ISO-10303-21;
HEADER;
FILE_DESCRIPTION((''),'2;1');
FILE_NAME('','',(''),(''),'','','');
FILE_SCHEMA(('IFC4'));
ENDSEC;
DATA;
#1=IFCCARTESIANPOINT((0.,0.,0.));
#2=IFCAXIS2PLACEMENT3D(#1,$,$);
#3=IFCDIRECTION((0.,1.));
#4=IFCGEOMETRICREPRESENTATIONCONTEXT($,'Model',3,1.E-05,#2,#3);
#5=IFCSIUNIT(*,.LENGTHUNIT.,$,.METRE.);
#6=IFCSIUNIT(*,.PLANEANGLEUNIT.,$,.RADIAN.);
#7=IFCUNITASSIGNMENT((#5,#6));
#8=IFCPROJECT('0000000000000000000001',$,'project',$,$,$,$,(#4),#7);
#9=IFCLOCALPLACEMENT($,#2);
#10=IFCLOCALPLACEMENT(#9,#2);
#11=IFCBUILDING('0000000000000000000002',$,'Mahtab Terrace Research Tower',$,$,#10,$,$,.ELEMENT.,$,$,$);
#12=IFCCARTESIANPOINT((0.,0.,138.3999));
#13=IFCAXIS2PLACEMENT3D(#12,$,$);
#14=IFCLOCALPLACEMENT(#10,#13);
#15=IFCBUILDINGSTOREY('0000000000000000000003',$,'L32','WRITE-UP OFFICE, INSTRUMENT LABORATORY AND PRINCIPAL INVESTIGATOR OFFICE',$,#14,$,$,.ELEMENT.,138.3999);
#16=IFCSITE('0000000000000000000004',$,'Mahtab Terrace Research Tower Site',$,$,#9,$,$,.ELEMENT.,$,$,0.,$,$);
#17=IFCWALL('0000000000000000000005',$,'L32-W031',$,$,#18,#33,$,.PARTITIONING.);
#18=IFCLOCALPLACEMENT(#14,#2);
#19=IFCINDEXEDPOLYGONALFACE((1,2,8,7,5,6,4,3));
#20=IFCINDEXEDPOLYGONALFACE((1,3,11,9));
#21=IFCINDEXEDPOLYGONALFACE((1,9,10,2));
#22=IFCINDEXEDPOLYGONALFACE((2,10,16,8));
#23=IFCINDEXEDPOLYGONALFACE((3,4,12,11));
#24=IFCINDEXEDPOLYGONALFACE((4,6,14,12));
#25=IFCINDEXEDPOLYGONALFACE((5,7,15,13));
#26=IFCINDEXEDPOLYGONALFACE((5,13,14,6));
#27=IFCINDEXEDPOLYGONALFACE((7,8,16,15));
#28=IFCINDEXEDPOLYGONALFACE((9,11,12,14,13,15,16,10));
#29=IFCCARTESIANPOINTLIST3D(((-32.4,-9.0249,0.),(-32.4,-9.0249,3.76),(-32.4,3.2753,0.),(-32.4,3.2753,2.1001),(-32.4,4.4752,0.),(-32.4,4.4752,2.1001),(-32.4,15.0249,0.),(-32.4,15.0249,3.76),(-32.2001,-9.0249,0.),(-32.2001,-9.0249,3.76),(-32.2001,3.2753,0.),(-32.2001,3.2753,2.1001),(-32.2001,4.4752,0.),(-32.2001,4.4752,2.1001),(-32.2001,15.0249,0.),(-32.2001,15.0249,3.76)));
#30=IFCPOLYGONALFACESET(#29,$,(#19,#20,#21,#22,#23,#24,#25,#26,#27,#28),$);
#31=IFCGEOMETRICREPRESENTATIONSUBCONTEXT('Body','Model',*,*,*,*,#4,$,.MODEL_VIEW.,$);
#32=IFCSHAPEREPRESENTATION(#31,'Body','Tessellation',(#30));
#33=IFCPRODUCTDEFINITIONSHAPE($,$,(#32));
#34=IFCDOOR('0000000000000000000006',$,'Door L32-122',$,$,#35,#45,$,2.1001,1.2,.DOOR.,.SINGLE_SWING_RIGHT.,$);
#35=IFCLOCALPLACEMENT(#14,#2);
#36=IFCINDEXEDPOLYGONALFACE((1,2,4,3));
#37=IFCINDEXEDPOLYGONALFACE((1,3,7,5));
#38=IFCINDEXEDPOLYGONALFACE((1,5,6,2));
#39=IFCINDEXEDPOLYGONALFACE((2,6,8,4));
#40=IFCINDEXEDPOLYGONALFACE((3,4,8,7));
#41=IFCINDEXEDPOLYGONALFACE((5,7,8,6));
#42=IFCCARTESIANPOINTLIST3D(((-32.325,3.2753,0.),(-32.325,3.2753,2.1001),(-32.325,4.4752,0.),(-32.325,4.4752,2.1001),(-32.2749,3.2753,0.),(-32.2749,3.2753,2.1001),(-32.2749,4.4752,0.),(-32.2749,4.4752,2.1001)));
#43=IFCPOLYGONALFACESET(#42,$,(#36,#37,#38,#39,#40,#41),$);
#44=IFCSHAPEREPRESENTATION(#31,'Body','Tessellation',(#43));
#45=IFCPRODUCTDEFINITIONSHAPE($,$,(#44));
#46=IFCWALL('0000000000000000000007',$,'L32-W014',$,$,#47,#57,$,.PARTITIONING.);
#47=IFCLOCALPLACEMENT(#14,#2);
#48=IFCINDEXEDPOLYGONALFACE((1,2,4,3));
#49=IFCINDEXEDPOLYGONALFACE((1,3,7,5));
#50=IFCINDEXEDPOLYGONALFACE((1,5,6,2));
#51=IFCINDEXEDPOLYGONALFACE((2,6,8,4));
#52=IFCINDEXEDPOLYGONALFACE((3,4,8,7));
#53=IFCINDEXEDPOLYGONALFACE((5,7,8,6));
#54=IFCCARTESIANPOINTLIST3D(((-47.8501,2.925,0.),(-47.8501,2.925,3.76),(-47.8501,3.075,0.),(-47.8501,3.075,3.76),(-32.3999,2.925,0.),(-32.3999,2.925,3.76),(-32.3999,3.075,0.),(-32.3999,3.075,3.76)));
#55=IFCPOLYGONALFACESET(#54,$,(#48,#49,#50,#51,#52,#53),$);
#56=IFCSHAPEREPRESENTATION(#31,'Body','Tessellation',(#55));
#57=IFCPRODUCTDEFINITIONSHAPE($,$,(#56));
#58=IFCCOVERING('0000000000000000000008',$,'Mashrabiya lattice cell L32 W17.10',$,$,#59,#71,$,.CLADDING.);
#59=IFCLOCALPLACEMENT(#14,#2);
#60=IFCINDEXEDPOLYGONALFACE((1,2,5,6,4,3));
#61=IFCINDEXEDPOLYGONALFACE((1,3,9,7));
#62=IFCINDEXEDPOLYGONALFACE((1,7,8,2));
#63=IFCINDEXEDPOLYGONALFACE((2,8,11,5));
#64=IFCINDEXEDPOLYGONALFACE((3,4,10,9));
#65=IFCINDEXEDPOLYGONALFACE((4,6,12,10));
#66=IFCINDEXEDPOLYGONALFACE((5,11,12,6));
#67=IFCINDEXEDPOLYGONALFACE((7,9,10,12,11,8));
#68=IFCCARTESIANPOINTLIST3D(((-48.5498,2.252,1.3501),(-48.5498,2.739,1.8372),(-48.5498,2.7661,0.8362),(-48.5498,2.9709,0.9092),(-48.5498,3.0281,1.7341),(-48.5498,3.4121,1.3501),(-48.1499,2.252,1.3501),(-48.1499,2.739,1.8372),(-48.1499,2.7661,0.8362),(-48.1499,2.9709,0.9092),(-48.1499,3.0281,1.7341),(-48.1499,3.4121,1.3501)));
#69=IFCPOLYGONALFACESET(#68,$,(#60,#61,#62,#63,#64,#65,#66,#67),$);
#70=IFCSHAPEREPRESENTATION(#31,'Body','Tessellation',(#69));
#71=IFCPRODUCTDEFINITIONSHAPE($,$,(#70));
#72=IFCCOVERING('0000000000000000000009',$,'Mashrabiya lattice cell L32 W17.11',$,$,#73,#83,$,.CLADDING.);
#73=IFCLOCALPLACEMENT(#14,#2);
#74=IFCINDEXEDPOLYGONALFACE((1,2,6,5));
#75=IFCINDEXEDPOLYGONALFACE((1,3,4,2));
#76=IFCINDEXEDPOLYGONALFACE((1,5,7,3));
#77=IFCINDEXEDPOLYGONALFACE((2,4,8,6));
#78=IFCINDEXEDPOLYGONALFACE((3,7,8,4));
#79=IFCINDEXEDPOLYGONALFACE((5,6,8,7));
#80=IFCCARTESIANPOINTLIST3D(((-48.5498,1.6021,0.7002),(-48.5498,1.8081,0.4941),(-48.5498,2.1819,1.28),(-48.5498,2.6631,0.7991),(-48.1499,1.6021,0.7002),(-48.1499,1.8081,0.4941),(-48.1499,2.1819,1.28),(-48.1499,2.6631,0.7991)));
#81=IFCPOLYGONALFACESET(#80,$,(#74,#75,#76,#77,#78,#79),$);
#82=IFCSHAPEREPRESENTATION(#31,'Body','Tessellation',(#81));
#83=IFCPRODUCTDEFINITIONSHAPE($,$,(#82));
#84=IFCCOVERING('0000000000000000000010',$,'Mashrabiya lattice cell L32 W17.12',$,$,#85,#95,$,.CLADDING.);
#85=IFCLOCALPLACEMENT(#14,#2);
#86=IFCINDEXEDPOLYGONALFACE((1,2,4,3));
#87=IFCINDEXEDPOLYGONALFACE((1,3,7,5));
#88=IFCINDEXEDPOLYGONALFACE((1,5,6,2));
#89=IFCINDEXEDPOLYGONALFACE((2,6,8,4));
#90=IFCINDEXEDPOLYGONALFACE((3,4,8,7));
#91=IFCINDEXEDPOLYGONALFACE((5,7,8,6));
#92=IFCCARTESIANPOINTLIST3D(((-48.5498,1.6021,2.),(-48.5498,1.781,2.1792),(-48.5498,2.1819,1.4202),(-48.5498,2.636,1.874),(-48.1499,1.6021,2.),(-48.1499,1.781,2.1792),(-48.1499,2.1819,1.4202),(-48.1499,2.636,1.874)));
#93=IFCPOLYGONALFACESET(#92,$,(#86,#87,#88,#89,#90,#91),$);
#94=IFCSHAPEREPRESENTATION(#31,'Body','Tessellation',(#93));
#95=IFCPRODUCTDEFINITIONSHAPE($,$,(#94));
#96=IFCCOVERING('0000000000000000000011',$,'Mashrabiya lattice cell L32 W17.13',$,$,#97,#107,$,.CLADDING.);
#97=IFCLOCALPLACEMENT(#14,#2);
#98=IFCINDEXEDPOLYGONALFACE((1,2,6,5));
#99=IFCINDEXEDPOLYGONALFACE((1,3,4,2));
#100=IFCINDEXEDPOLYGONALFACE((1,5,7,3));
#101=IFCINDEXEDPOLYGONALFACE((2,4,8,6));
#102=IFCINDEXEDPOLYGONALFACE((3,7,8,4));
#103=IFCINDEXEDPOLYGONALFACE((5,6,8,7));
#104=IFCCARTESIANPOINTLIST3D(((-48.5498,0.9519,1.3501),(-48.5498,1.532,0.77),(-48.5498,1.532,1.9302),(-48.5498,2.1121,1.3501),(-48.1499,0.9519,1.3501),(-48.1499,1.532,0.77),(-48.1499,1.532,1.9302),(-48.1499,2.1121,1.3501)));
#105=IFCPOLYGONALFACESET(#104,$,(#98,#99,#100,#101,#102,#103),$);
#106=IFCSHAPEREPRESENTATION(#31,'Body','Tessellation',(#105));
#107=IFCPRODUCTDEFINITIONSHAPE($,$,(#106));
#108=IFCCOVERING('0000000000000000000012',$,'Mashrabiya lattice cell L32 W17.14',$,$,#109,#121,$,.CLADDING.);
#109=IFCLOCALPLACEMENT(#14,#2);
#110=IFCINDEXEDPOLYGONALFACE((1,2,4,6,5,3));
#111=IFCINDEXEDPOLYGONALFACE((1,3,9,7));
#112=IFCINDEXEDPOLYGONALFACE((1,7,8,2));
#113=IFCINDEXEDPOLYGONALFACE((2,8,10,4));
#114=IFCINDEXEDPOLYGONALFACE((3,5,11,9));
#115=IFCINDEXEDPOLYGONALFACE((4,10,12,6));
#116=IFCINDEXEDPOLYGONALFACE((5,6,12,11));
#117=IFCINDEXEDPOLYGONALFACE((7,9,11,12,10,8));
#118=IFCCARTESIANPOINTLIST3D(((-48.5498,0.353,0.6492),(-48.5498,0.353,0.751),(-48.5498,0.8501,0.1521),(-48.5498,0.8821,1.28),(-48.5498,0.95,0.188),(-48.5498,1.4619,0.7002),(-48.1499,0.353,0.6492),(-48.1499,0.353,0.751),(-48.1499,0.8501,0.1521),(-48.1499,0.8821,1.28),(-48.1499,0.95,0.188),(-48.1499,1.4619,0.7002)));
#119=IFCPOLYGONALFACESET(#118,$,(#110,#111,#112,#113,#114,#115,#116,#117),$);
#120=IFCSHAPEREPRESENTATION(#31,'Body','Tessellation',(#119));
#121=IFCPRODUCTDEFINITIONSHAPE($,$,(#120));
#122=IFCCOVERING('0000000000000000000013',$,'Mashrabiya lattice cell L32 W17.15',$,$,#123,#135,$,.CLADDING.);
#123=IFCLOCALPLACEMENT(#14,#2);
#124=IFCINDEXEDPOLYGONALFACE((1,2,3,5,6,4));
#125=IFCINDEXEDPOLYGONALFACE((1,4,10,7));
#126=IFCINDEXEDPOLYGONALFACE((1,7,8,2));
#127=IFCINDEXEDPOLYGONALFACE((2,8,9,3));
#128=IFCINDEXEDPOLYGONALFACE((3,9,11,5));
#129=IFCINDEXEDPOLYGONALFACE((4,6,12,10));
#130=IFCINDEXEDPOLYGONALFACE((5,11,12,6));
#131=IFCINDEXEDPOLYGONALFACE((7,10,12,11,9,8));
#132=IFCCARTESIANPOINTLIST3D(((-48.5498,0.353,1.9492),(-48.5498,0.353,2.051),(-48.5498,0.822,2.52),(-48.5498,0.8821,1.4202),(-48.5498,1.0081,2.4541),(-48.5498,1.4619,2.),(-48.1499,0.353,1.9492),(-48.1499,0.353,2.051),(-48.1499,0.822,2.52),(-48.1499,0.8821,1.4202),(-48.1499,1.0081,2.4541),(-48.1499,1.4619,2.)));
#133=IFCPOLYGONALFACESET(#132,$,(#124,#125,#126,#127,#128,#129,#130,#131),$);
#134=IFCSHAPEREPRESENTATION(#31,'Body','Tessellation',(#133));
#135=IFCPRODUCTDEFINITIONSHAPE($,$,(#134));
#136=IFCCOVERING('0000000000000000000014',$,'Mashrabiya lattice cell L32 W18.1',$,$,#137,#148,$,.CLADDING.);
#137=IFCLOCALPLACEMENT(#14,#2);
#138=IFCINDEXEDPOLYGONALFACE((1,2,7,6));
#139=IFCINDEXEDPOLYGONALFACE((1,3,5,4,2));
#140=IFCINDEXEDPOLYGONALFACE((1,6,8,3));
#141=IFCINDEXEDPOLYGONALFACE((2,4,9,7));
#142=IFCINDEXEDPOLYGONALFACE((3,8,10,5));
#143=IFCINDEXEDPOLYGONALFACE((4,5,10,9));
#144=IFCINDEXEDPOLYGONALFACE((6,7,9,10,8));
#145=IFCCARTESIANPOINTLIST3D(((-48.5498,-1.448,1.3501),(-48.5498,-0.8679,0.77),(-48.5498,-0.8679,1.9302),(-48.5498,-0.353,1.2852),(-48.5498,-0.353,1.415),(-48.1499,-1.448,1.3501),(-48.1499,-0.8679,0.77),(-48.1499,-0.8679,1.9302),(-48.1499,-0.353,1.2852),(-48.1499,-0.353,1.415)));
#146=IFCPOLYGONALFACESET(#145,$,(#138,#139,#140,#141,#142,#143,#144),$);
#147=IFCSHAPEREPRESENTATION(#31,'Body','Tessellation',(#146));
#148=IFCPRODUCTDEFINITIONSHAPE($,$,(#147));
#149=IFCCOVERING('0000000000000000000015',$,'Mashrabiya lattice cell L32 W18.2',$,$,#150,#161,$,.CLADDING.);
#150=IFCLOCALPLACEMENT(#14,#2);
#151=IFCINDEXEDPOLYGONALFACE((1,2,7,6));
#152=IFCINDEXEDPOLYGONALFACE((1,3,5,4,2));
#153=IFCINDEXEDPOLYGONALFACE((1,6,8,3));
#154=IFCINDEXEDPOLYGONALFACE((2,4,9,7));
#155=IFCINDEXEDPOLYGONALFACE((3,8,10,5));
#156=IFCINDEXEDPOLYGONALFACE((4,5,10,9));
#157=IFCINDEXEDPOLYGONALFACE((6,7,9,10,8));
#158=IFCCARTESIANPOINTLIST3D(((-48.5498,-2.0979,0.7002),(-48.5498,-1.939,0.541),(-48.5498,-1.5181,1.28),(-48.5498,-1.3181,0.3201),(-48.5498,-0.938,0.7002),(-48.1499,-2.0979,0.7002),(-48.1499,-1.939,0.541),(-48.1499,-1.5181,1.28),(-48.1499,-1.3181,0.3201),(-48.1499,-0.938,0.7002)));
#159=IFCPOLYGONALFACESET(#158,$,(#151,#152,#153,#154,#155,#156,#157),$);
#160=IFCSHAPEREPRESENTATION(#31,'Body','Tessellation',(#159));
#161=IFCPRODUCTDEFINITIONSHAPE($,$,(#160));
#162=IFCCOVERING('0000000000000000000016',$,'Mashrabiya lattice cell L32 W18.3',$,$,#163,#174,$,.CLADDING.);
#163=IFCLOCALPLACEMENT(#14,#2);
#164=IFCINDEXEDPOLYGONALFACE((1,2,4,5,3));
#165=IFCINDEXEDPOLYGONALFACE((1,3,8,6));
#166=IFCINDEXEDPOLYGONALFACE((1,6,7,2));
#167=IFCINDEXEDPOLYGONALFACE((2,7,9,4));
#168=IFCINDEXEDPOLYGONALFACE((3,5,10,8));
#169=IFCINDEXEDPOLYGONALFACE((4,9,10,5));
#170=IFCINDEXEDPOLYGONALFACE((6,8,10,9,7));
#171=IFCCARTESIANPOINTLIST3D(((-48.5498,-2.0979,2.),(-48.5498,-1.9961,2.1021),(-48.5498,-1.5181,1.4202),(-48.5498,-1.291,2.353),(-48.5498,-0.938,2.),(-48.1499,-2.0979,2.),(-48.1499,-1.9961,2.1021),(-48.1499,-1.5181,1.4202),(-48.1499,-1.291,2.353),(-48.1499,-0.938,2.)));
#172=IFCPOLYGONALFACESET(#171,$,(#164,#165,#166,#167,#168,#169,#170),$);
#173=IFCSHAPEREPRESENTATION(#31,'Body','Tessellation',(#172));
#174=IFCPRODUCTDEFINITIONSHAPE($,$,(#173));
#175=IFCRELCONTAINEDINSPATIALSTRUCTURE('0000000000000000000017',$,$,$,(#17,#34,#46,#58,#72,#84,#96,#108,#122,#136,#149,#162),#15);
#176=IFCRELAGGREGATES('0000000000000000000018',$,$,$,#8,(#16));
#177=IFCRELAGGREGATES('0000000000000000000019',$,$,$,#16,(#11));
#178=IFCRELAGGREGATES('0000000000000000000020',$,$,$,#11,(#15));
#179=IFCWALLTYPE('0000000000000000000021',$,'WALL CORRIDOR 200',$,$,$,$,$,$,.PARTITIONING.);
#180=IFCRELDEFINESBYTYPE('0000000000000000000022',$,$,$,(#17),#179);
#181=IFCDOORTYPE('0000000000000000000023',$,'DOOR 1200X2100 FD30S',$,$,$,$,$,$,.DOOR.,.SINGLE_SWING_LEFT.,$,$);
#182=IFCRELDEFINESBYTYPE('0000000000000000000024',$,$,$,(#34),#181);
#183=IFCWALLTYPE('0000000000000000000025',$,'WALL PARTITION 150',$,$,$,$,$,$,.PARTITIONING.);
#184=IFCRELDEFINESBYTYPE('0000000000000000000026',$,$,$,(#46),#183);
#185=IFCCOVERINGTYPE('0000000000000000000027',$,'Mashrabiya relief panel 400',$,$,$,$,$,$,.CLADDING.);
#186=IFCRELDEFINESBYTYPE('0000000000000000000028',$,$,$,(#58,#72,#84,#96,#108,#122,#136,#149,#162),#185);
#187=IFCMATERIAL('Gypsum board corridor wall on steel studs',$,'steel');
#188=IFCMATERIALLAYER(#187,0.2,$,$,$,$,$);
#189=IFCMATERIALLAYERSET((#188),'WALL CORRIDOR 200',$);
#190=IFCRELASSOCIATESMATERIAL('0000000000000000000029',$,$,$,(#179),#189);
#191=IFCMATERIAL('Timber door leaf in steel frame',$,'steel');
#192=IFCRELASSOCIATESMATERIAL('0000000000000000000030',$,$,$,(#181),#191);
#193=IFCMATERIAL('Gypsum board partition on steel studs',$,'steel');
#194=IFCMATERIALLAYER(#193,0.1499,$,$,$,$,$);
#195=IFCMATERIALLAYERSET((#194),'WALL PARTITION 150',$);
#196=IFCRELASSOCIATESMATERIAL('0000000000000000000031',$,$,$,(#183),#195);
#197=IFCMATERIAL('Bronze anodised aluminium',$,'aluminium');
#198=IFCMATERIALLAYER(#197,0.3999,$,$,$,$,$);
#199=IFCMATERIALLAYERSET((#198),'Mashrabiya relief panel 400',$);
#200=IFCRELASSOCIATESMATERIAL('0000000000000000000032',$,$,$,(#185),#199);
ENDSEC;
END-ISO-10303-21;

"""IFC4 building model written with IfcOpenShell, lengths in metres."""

from ifc_helpers import new_model, si_unit, direction, frame, frame_2d, origin, place, context, subcontext, project, spatial, polyline, rectangle, outline, extrude, material, layer, layer_set, type_object, element, fill, save


model = new_model("IFC4")

# Units and contexts
model_context = context("Model", 3, precision=1e-05, world=origin(), true_north=direction((0.0, 1.0)))
body_context = subcontext(model_context, "Body", "Model", "MODEL_VIEW")
ifc_project = project(units=[si_unit("LENGTHUNIT", "METRE"), si_unit("PLANEANGLEUNIT", "RADIAN")], contexts=[model_context])

# Site, building, storey
site_placement = place(None, origin())
site = spatial("IfcSite", under=ifc_project, at=site_placement, Name="Mahtab Terrace Research Tower Site", CompositionType="ELEMENT", RefElevation=0.0)
building_placement = place(site_placement, origin())
building = spatial("IfcBuilding", under=site, at=building_placement, Name="Mahtab Terrace Research Tower", CompositionType="ELEMENT")
storey_placement = place(building_placement, frame((0.0, 0.0, 138.3999)))
storey = spatial("IfcBuildingStorey", under=building, at=storey_placement, Name="L32", Description="WRITE-UP OFFICE, INSTRUMENT LABORATORY AND PRINCIPAL INVESTIGATOR OFFICE", CompositionType="ELEMENT", Elevation=138.3999)

# Wall, opening, door
ifc_material_1 = material(Name="Gypsum board corridor wall on steel studs", Category="steel")
ifc_layer_1 = layer(ifc_material_1, 0.2)
ifc_layer_set_1 = layer_set([ifc_layer_1], Name="WALL CORRIDOR 200")
wall_type_1 = type_object("IfcWallType", Name="WALL CORRIDOR 200", PredefinedType="PARTITIONING", material=ifc_layer_set_1)
ifc_material_2 = material(Name="Timber door leaf in steel frame", Category="steel")
door_type = type_object("IfcDoorType", Name="DOOR 1200X2100 FD30S", OperationType="SINGLE_SWING_LEFT", PredefinedType="DOOR", material=ifc_material_2)
wall_1_placement = place(storey_placement, frame((-32.3, -9.0249, 0.0), z_axis=(0.0, 0.0, 1.0), x_axis=(0.0, 1.0, 0.0)))
wall_1 = element("IfcWall", 1, at=wall_1_placement, inside=storey, type_object=wall_type_1, Name="L32-W031", PredefinedType="PARTITIONING", context=body_context, shape_type="SweptSolid", body=[
    extrude(rectangle(XDim=24.0498, YDim=0.2, at=frame_2d((12.0249, 0.0))), origin(), (0.0, 0.0, 1.0), 3.76),
])
opening_1_placement = place(wall_1_placement, frame((12.3, 0.0, 0.0)))
opening_1 = element("IfcOpeningElement", 2, at=opening_1_placement, cuts=wall_1, PredefinedType="OPENING", context=body_context, shape_type="SweptSolid", body=[
    extrude(rectangle(XDim=1.2, YDim=2.1001, at=frame_2d((0.6001, 1.05))), frame((0.0, 0.1099, 0.0), z_axis=(0.0, -1.0, 0.0), x_axis=(1.0, 0.0, 0.0)), (0.0, 0.0, 1.0), 0.22),
])
door_1_placement = place(opening_1_placement, origin())
door_1 = element("IfcDoor", 3, at=door_1_placement, inside=storey, type_object=door_type, Name="Door L32-122", OperationType="SINGLE_SWING_RIGHT", OverallHeight=2.1001, OverallWidth=1.2, PredefinedType="DOOR", context=body_context, shape_type="SweptSolid", body=[
    extrude(rectangle(XDim=1.2, YDim=2.1001, at=frame_2d((0.6001, 1.05))), frame((0.0, 0.0249, 0.0), z_axis=(0.0, -1.0, 0.0), x_axis=(1.0, 0.0, 0.0)), (0.0, 0.0, 1.0), 0.05),
])
fill(opening_1, door_1)

# Wall
ifc_material_3 = material(Name="Gypsum board partition on steel studs", Category="steel")
ifc_layer_2 = layer(ifc_material_3, 0.1499)
ifc_layer_set_2 = layer_set([ifc_layer_2], Name="WALL PARTITION 150")
wall_type_2 = type_object("IfcWallType", Name="WALL PARTITION 150", PredefinedType="PARTITIONING", material=ifc_layer_set_2)
wall_2_placement = place(storey_placement, frame((-47.8501, 3.0, 0.0), z_axis=(0.0, 0.0, 1.0), x_axis=(1.0, 0.0, 0.0)))
element("IfcWall", 4, at=wall_2_placement, inside=storey, type_object=wall_type_2, Name="L32-W014", PredefinedType="PARTITIONING", context=body_context, shape_type="SweptSolid", body=[
    extrude(rectangle(XDim=15.4502, YDim=0.1499, at=frame_2d((7.7251, 0.0))), origin(), (0.0, 0.0, 1.0), 3.76),
])

# Coverings
ifc_material_4 = material(Name="Bronze anodised aluminium", Category="aluminium")
ifc_layer_3 = layer(ifc_material_4, 0.3999)
ifc_layer_set_3 = layer_set([ifc_layer_3], Name="Mashrabiya relief panel 400")
covering_type = type_object("IfcCoveringType", Name="Mashrabiya relief panel 400", PredefinedType="CLADDING", material=ifc_layer_set_3)
covering_1_placement = place(storey_placement, frame((-48.1499, 3.4121, 1.3501), z_axis=(1.0, 0.0, 0.0), x_axis=(0.0, -0.707107, 0.707107)))
element("IfcCovering", 5, at=covering_1_placement, inside=storey, type_object=covering_type, Name="Mashrabiya lattice cell L32 W17.10", PredefinedType="CLADDING", context=body_context, shape_type="SweptSolid", body=[
    extrude(outline(polyline([(0.0, 0.0), (0.5431, 0.0), (0.8204, 0.1315), (0.8204, 0.8204), (0.0934, 0.8202), (0.0002, 0.6237), (0.0, 0.0)])), origin(), (0.0, 0.0, -1.0), 0.3999),
])
covering_2_placement = place(storey_placement, frame((-48.1499, 2.1819, 1.28), z_axis=(1.0, 0.0, 0.0), x_axis=(0.0, -0.707107, -0.707107)))
element("IfcCovering", 6, at=covering_2_placement, inside=storey, type_object=covering_type, Name="Mashrabiya lattice cell L32 W17.11", PredefinedType="CLADDING", context=body_context, shape_type="SweptSolid", body=[
    extrude(outline(polyline([(0.0, 0.0), (0.82, 0.0), (0.82, 0.2914), (-0.0002, 0.6803), (0.0, 0.0)])), origin(), (0.0, 0.0, -1.0), 0.3999),
])
covering_3_placement = place(storey_placement, frame((-48.1499, 1.6021, 2.0), z_axis=(1.0, 0.0, 0.0), x_axis=(0.0, 0.707107, -0.707107)))
element("IfcCovering", 7, at=covering_3_placement, inside=storey, type_object=covering_type, Name="Mashrabiya lattice cell L32 W17.12", PredefinedType="CLADDING", context=body_context, shape_type="SweptSolid", body=[
    extrude(outline(polyline([(0.0, 0.0), (0.82, 0.0), (0.8202, 0.642), (-0.0002, 0.2533), (0.0, 0.0)])), origin(), (0.0, 0.0, -1.0), 0.3999),
])
covering_4_placement = place(storey_placement, frame((-48.1499, 1.532, 1.9302), z_axis=(1.0, 0.0, 0.0), x_axis=(0.0, -0.707107, -0.707107)))
element("IfcCovering", 8, at=covering_4_placement, inside=storey, type_object=covering_type, Name="Mashrabiya lattice cell L32 W17.13", PredefinedType="CLADDING", context=body_context, shape_type="SweptSolid", body=[
    extrude(outline(polyline([(0.0, 0.0), (0.8204, 0.0), (0.8204, 0.8204), (0.0, 0.8204), (0.0, 0.0)])), origin(), (0.0, 0.0, -1.0), 0.3999),
])
covering_5_placement = place(storey_placement, frame((-48.1499, 1.4619, 0.7002), z_axis=(1.0, 0.0, 0.0), x_axis=(0.0, -0.707107, 0.707107)))
element("IfcCovering", 9, at=covering_5_placement, inside=storey, type_object=covering_type, Name="Mashrabiya lattice cell L32 W17.14", PredefinedType="CLADDING", context=body_context, shape_type="SweptSolid", body=[
    extrude(outline(polyline([(0.0, 0.0), (0.82, 0.0), (0.82, 0.7482), (0.748, 0.8202), (0.0451, 0.8202), (-0.0002, 0.7242), (0.0, 0.0)])), origin(), (0.0, 0.0, -1.0), 0.3999),
])
covering_6_placement = place(storey_placement, frame((-48.1499, 0.8821, 1.4202), z_axis=(1.0, 0.0, 0.0), x_axis=(0.0, 0.707107, 0.707107)))
element("IfcCovering", 10, at=covering_6_placement, inside=storey, type_object=covering_type, Name="Mashrabiya lattice cell L32 W17.15", PredefinedType="CLADDING", context=body_context, shape_type="SweptSolid", body=[
    extrude(outline(polyline([(0.0, 0.0), (0.82, 0.0), (0.8202, 0.642), (0.7352, 0.8202), (0.072, 0.8202), (0.0, 0.7482), (0.0, 0.0)])), origin(), (0.0, 0.0, -1.0), 0.3999),
])
covering_7_placement = place(storey_placement, frame((-48.1499, -0.8679, 1.9302), z_axis=(1.0, 0.0, 0.0), x_axis=(0.0, -0.707107, -0.707107)))
element("IfcCovering", 11, at=covering_7_placement, inside=storey, type_object=covering_type, Name="Mashrabiya lattice cell L32 W18.1", PredefinedType="CLADDING", context=body_context, shape_type="SweptSolid", body=[
    extrude(outline(polyline([(0.0, 0.0), (0.8204, 0.0), (0.8204, 0.8204), (0.092, 0.8202), (0.0002, 0.7283), (0.0, 0.0)])), origin(), (0.0, 0.0, -1.0), 0.3999),
])
covering_8_placement = place(storey_placement, frame((-48.1499, -0.938, 0.7002), z_axis=(1.0, 0.0, 0.0), x_axis=(0.0, -0.707256, 0.706958)))
element("IfcCovering", 12, at=covering_8_placement, inside=storey, type_object=covering_type, Name="Mashrabiya lattice cell L32 W18.2", PredefinedType="CLADDING", context=body_context, shape_type="SweptSolid", body=[
    extrude(outline(polyline([(0.0, 0.0), (0.8202, 0.0), (0.8204, 0.82), (0.5954, 0.8202), (0.0001, 0.5376), (0.0, 0.0)])), origin(), (0.0, 0.0, -1.0), 0.3999),
])
covering_9_placement = place(storey_placement, frame((-48.1499, -2.0979, 2.0), z_axis=(1.0, 0.0, 0.0), x_axis=(0.0, 0.707107, -0.707107)))
element("IfcCovering", 13, at=covering_9_placement, inside=storey, type_object=covering_type, Name="Mashrabiya lattice cell L32 W18.3", PredefinedType="CLADDING", context=body_context, shape_type="SweptSolid", body=[
    extrude(outline(polyline([(0.0, 0.0), (0.82, 0.0), (0.8202, 0.8202), (0.3209, 0.8202), (-0.0002, 0.1441), (0.0, 0.0)])), origin(), (0.0, 0.0, -1.0), 0.3999),
])

save(model, "model.ifc")
